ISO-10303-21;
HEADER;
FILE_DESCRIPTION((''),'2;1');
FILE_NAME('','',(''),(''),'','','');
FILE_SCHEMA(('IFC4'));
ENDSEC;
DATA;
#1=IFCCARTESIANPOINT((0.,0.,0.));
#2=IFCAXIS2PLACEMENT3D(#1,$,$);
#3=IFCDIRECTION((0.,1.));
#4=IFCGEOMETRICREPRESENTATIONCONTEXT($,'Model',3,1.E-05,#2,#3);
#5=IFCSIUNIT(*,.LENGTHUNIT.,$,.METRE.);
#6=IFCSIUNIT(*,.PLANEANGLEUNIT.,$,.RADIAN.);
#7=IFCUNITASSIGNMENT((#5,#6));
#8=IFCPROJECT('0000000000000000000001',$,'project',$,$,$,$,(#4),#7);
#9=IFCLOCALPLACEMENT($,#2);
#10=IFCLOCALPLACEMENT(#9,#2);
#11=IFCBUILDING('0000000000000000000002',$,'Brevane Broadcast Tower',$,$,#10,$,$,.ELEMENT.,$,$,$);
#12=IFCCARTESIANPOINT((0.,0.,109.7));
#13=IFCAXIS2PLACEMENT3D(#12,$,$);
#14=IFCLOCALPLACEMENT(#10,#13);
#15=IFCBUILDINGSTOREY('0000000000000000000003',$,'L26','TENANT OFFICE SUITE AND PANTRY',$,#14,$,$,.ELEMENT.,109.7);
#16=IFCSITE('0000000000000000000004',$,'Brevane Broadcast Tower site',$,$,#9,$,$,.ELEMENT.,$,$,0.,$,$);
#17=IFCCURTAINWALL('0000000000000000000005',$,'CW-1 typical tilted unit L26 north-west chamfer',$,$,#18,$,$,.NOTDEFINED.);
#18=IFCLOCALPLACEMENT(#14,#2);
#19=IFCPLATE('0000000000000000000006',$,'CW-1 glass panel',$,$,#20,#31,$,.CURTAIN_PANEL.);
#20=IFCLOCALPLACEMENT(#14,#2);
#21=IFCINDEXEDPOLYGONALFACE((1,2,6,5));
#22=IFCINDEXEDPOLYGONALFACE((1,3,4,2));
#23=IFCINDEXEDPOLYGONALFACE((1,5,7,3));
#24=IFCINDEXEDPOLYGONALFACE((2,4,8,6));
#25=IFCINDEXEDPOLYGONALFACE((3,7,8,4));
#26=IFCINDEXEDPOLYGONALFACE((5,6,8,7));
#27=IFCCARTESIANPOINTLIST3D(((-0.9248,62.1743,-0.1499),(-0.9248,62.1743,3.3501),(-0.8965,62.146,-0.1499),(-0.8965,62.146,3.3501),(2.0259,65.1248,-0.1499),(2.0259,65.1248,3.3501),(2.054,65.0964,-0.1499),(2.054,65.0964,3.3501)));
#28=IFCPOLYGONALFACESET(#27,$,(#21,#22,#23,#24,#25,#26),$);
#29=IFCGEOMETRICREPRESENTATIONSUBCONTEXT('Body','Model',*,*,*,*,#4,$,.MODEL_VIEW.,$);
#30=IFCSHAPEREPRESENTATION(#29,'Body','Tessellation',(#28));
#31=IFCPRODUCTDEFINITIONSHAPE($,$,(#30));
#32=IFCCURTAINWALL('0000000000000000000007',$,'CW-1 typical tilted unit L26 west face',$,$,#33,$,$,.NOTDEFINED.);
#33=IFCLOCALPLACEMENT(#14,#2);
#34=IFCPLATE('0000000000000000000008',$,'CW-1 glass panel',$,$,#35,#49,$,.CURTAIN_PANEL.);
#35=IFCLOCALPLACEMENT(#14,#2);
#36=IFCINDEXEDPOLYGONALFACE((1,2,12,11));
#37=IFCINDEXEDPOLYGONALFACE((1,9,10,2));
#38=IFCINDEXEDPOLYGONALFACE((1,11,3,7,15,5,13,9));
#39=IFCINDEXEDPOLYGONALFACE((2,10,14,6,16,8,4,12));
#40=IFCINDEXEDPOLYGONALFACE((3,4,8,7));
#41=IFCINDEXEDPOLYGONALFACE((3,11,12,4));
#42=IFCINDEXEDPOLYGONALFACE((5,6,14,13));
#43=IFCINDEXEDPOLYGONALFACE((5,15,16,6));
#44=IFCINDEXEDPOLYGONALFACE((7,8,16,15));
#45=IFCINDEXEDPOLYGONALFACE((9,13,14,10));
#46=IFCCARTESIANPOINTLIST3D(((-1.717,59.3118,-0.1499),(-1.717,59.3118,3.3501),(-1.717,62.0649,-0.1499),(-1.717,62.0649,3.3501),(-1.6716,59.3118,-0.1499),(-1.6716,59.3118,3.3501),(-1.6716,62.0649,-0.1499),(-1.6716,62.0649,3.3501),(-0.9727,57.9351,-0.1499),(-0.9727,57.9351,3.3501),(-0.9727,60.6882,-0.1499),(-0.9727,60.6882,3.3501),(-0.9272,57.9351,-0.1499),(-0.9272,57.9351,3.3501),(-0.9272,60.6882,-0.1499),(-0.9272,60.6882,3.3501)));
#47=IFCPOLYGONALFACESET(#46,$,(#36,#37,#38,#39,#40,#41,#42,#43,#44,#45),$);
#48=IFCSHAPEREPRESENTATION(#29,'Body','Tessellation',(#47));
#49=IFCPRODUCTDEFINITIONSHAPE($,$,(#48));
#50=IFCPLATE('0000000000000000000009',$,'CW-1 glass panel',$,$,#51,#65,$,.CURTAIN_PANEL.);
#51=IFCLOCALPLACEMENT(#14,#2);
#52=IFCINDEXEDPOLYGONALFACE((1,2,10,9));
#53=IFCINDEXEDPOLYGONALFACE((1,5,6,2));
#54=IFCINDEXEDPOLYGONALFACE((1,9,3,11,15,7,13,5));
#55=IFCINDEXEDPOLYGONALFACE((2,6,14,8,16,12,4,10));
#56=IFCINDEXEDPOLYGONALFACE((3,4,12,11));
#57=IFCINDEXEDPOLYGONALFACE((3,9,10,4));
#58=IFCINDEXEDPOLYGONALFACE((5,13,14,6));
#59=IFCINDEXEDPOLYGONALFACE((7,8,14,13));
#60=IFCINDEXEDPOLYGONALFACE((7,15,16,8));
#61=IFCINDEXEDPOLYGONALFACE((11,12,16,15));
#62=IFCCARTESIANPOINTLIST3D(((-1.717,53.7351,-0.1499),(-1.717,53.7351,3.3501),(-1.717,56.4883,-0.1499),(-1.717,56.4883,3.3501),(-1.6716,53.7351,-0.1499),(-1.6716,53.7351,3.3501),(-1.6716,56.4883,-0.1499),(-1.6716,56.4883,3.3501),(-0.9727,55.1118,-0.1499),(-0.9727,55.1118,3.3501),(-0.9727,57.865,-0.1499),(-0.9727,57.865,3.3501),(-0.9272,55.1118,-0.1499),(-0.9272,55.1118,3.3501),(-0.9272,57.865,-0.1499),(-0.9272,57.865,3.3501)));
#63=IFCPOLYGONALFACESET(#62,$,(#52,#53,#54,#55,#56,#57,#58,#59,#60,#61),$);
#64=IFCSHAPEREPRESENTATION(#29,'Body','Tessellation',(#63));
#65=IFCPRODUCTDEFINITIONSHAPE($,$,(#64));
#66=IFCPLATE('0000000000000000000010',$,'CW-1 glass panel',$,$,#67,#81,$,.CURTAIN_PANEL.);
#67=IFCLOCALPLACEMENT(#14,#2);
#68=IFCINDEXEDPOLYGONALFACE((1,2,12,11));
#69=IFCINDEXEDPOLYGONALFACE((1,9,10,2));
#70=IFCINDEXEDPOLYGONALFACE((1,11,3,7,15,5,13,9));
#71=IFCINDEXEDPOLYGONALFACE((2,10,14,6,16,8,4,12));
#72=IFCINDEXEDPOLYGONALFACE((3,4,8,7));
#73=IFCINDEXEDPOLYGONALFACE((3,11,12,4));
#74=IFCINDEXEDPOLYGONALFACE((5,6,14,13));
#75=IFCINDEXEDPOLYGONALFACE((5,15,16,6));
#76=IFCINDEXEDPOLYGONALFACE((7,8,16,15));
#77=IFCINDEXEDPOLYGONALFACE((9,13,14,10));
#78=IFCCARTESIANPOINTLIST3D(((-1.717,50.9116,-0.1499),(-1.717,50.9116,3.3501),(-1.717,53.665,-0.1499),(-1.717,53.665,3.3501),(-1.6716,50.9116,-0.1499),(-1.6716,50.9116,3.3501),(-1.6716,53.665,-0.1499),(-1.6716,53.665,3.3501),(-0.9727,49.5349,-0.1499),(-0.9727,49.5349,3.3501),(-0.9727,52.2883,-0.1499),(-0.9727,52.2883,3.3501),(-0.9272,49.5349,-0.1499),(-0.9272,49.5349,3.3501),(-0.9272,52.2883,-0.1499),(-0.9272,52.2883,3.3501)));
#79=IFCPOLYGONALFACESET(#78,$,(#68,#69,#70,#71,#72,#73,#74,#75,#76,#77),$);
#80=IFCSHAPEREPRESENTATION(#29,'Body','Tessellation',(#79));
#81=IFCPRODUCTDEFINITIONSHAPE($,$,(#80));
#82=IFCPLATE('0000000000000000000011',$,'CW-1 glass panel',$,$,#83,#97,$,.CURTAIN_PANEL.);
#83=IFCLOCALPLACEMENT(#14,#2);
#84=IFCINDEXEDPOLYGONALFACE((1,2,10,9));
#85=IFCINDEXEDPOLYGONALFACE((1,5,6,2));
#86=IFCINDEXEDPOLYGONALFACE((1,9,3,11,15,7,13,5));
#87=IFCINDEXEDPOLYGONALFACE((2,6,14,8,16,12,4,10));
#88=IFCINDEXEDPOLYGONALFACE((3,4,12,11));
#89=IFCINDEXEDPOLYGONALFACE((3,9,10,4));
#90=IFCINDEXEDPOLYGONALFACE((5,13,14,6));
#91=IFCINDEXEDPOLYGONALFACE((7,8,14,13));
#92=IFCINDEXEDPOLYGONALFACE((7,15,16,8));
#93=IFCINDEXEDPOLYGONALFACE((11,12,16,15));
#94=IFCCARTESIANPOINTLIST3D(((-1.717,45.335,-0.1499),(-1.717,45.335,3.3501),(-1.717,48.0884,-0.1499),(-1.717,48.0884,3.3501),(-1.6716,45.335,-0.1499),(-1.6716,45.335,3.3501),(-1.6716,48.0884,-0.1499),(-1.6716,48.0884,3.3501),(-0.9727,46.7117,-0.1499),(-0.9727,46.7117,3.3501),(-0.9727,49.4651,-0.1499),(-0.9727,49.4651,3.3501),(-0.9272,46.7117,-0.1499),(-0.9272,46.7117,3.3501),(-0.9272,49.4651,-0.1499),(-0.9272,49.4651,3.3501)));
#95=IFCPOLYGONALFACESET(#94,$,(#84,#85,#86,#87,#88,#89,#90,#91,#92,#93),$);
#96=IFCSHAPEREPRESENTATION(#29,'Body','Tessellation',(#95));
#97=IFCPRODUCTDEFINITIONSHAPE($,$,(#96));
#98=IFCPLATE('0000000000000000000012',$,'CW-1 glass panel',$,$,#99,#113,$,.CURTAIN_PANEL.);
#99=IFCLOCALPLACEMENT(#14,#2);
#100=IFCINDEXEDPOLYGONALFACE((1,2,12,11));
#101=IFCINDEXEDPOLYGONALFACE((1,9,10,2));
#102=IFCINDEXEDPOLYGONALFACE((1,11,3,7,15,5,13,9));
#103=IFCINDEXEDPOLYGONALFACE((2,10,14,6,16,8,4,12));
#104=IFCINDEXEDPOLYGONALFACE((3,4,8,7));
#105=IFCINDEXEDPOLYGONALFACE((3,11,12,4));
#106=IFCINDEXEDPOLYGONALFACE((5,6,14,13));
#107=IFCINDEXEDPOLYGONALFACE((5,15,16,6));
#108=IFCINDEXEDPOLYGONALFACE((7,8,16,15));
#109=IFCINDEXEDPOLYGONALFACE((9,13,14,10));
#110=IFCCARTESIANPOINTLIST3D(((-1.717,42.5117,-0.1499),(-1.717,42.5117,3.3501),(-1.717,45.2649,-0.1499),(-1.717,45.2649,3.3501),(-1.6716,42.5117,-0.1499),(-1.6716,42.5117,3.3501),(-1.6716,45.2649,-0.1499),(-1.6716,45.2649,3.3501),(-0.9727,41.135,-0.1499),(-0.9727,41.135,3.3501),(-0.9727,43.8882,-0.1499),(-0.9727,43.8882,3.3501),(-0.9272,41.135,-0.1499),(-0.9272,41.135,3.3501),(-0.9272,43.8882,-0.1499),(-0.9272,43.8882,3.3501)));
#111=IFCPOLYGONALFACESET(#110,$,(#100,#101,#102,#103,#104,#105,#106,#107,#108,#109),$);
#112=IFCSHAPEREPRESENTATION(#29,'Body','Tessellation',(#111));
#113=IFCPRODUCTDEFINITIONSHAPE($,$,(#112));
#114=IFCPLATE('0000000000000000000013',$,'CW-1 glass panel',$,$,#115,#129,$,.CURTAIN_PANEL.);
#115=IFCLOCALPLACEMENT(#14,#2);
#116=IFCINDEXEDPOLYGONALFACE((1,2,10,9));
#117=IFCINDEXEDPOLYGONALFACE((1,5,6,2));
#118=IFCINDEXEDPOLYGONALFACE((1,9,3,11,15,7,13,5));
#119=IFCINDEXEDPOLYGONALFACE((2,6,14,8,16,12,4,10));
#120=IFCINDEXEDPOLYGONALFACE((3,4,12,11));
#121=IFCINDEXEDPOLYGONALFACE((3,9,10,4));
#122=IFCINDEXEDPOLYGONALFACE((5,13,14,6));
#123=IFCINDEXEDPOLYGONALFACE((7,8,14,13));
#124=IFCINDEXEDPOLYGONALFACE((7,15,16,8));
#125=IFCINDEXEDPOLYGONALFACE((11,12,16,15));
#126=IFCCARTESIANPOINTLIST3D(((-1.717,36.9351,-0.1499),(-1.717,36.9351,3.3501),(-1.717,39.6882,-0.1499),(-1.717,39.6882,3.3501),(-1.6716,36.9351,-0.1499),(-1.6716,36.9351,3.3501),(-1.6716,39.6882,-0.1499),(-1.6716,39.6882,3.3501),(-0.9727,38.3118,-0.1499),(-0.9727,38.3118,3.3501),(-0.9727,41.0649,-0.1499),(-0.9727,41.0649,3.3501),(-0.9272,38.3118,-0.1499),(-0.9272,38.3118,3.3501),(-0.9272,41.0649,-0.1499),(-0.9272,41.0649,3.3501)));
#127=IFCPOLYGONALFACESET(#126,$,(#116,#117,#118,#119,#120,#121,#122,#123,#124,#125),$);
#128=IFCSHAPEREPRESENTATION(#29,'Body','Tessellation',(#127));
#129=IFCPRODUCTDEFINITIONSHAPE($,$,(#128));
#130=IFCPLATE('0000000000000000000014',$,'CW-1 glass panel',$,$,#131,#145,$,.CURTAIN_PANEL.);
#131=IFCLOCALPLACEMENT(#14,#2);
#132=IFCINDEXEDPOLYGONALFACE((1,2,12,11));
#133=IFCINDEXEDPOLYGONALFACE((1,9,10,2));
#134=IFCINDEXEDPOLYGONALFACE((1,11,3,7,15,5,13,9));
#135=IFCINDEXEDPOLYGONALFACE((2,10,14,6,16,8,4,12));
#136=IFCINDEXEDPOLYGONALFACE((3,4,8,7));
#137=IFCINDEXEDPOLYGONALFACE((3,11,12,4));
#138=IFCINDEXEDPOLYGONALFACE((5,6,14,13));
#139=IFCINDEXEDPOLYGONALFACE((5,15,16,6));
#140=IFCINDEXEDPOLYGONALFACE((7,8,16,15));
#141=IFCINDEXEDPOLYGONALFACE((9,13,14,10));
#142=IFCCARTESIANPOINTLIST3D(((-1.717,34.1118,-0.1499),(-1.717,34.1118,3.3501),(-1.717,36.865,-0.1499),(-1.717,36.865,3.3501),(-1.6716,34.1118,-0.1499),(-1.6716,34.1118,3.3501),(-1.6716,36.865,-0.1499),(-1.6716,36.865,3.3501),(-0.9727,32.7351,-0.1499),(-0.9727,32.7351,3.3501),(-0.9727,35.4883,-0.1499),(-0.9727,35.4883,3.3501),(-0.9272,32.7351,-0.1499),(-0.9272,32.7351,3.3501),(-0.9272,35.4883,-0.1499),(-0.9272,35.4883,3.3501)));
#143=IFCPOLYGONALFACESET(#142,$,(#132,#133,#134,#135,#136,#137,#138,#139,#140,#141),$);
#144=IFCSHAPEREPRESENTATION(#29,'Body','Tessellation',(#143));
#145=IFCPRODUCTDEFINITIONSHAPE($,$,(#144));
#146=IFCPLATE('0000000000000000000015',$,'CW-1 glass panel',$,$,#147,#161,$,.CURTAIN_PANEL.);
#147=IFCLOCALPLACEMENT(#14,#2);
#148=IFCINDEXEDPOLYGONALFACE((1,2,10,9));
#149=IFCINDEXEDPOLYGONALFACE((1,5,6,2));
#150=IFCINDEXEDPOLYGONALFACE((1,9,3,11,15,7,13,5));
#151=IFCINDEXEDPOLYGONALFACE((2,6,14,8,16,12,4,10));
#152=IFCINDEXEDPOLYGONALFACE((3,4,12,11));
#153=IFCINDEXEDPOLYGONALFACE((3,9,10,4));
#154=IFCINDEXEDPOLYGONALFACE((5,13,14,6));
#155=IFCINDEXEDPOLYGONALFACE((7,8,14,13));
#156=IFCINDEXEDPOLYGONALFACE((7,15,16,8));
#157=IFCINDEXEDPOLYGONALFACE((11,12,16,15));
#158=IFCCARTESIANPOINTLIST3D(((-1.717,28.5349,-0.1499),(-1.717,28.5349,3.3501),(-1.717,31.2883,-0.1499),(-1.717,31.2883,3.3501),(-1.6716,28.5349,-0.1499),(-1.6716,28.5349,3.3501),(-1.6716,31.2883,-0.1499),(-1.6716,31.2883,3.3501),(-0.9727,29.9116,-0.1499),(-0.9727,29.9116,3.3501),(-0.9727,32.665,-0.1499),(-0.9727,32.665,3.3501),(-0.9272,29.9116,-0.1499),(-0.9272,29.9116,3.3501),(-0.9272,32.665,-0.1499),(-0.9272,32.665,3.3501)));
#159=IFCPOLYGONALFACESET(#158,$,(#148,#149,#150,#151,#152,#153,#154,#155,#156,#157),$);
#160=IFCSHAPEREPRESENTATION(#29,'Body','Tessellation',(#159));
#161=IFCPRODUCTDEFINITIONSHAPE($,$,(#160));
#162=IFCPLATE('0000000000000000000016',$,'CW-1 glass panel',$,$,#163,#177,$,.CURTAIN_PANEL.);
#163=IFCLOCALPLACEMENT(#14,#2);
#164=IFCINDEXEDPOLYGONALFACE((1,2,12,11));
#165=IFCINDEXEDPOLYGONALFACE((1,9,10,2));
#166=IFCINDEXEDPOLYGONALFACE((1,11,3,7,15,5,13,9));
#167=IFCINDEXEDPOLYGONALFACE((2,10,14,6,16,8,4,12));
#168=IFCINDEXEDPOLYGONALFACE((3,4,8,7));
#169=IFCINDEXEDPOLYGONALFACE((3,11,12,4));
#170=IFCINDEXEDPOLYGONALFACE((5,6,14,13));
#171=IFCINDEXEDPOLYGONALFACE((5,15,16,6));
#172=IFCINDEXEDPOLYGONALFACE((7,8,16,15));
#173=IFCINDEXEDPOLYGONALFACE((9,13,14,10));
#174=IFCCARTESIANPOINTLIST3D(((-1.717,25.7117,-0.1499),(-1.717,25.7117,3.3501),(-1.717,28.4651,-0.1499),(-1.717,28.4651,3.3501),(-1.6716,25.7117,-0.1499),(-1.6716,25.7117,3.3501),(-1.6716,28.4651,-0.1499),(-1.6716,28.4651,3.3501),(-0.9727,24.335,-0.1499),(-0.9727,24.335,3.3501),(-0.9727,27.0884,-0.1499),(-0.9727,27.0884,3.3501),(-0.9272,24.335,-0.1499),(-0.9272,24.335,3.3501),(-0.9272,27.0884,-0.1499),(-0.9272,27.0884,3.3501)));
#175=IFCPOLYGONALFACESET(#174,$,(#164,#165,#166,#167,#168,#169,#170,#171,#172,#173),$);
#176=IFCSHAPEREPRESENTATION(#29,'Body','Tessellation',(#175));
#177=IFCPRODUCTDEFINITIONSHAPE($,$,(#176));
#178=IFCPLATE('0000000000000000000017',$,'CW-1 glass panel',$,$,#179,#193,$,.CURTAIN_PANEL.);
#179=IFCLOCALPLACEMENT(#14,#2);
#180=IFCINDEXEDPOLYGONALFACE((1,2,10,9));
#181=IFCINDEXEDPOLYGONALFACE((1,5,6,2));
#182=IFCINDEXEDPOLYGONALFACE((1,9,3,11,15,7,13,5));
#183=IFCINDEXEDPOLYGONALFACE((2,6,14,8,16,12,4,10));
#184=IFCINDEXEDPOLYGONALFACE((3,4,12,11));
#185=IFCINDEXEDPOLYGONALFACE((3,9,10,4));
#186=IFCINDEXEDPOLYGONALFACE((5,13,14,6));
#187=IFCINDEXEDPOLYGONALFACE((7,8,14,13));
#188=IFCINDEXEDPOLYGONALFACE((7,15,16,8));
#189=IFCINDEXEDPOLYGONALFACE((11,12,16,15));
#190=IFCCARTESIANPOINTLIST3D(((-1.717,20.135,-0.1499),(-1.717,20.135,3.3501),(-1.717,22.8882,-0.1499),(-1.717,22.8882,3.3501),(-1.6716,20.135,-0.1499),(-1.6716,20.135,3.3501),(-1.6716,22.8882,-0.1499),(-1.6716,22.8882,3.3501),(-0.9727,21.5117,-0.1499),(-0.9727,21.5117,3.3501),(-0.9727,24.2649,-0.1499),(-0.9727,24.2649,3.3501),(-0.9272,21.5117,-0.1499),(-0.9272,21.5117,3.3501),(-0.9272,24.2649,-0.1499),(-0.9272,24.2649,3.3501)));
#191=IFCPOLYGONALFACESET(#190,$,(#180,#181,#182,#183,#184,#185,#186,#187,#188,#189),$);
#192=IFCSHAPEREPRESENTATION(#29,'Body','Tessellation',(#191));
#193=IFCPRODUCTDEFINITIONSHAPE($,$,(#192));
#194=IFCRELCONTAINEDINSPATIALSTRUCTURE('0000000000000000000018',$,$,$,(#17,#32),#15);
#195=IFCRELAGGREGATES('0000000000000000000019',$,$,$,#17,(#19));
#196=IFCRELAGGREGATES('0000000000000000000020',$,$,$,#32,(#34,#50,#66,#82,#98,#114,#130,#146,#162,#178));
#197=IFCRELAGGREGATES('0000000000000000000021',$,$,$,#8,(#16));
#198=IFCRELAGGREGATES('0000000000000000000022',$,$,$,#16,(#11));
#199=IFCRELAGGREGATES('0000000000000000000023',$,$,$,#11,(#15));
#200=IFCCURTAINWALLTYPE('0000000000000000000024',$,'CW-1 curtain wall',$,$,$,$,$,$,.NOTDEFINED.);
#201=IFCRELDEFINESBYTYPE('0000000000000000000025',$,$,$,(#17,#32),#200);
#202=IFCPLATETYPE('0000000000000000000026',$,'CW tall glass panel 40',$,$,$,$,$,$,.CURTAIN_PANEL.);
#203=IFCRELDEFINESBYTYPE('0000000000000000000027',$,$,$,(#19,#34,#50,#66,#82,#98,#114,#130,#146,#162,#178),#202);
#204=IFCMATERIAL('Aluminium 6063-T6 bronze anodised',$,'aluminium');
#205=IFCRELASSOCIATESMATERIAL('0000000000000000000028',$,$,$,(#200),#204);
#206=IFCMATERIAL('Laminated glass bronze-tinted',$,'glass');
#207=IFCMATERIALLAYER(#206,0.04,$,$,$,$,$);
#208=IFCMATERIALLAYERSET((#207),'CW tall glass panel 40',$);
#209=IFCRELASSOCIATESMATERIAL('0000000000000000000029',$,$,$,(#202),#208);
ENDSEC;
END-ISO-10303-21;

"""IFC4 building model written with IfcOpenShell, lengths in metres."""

from ifc_helpers import new_model, si_unit, direction, frame, origin, place, context, subcontext, project, spatial, polyline, outline, extrude, material, layer, layer_set, type_object, element, aggregate, save


model = new_model("IFC4")

# Units and contexts
model_context = context("Model", 3, precision=1e-05, world=origin(), true_north=direction((0.0, 1.0)))
body_context = subcontext(model_context, "Body", "Model", "MODEL_VIEW")
ifc_project = project(units=[si_unit("LENGTHUNIT", "METRE"), si_unit("PLANEANGLEUNIT", "RADIAN")], contexts=[model_context])

# Site, building, storey
site_placement = place(None, origin())
site = spatial("IfcSite", under=ifc_project, at=site_placement, Name="Brevane Broadcast Tower site", CompositionType="ELEMENT", RefElevation=0.0)
building_placement = place(site_placement, origin())
building = spatial("IfcBuilding", under=site, at=building_placement, Name="Brevane Broadcast Tower", CompositionType="ELEMENT")
storey_placement = place(building_placement, frame((0.0, 0.0, 109.7)))
storey = spatial("IfcBuildingStorey", under=building, at=storey_placement, Name="L26", Description="TENANT OFFICE SUITE AND PANTRY", CompositionType="ELEMENT", Elevation=109.7)

# Curtain wall, plate
ifc_material_1 = material(Name="Aluminium 6063-T6 bronze anodised", Category="aluminium")
curtain_wall_type = type_object("IfcCurtainWallType", Name="CW-1 curtain wall", PredefinedType="NOTDEFINED", material=ifc_material_1)
curtain_wall_1_placement = place(storey_placement, origin())
curtain_wall_1 = element("IfcCurtainWall", 1, at=curtain_wall_1_placement, inside=storey, type_object=curtain_wall_type, Name="CW-1 typical tilted unit L26 north-west chamfer", PredefinedType="NOTDEFINED")
ifc_material_2 = material(Name="Laminated glass bronze-tinted", Category="glass")
ifc_layer = layer(ifc_material_2, 0.04)
ifc_layer_set = layer_set([ifc_layer], Name="CW tall glass panel 40")
plate_type = type_object("IfcPlateType", Name="CW tall glass panel 40", PredefinedType="CURTAIN_PANEL", material=ifc_layer_set)
plate_1_placement = place(storey_placement, frame((0.0, 0.0, -0.1499)))
plate_1 = element("IfcPlate", 2, at=plate_1_placement, type_object=plate_type, Name="CW-1 glass panel", PredefinedType="CURTAIN_PANEL", context=body_context, shape_type="SweptSolid", body=[
    extrude(outline(polyline([(2.054, 65.0964), (-0.8965, 62.146), (-0.9248, 62.1743), (2.0259, 65.1248), (2.054, 65.0964)])), origin(), (0.0, 0.0, 1.0), 3.5),
])
aggregate(curtain_wall_1, [plate_1])

# Curtain wall, plates
curtain_wall_2_placement = place(storey_placement, origin())
curtain_wall_2 = element("IfcCurtainWall", 3, at=curtain_wall_2_placement, inside=storey, type_object=curtain_wall_type, Name="CW-1 typical tilted unit L26 west face", PredefinedType="NOTDEFINED")
plate_2_placement = place(storey_placement, frame((0.0, 0.0, -0.1499)))
plate_2 = element("IfcPlate", 4, at=plate_2_placement, type_object=plate_type, Name="CW-1 glass panel", PredefinedType="CURTAIN_PANEL", context=body_context, shape_type="SweptSolid", body=[
    extrude(outline(polyline([(-1.6716, 62.0649), (-1.717, 62.0649), (-0.9727, 60.6882), (-1.717, 59.3118), (-0.9727, 57.9351), (-0.9272, 57.9351), (-1.6716, 59.3118), (-0.9272, 60.6882), (-1.6716, 62.0649)])), origin(), (0.0, 0.0, 1.0), 3.5),
])
plate_3_placement = place(storey_placement, frame((0.0, 0.0, -0.1499)))
plate_3 = element("IfcPlate", 5, at=plate_3_placement, type_object=plate_type, Name="CW-1 glass panel", PredefinedType="CURTAIN_PANEL", context=body_context, shape_type="SweptSolid", body=[
    extrude(outline(polyline([(-0.9272, 57.865), (-0.9727, 57.865), (-1.717, 56.4883), (-0.9727, 55.1118), (-1.717, 53.7351), (-1.6716, 53.7351), (-0.9272, 55.1118), (-1.6716, 56.4883), (-0.9272, 57.865)])), origin(), (0.0, 0.0, 1.0), 3.5),
])
plate_4_placement = place(storey_placement, frame((0.0, 0.0, -0.1499)))
plate_4 = element("IfcPlate", 6, at=plate_4_placement, type_object=plate_type, Name="CW-1 glass panel", PredefinedType="CURTAIN_PANEL", context=body_context, shape_type="SweptSolid", body=[
    extrude(outline(polyline([(-1.6716, 53.665), (-1.717, 53.665), (-0.9727, 52.2883), (-1.717, 50.9116), (-0.9727, 49.5349), (-0.9272, 49.5349), (-1.6716, 50.9116), (-0.9272, 52.2883), (-1.6716, 53.665)])), origin(), (0.0, 0.0, 1.0), 3.5),
])
plate_5_placement = place(storey_placement, frame((0.0, 0.0, -0.1499)))
plate_5 = element("IfcPlate", 7, at=plate_5_placement, type_object=plate_type, Name="CW-1 glass panel", PredefinedType="CURTAIN_PANEL", context=body_context, shape_type="SweptSolid", body=[
    extrude(outline(polyline([(-0.9272, 49.4651), (-0.9727, 49.4651), (-1.717, 48.0884), (-0.9727, 46.7117), (-1.717, 45.335), (-1.6716, 45.335), (-0.9272, 46.7117), (-1.6716, 48.0884), (-0.9272, 49.4651)])), origin(), (0.0, 0.0, 1.0), 3.5),
])
plate_6_placement = place(storey_placement, frame((0.0, 0.0, -0.1499)))
plate_6 = element("IfcPlate", 8, at=plate_6_placement, type_object=plate_type, Name="CW-1 glass panel", PredefinedType="CURTAIN_PANEL", context=body_context, shape_type="SweptSolid", body=[
    extrude(outline(polyline([(-1.6716, 45.2649), (-1.717, 45.2649), (-0.9727, 43.8882), (-1.717, 42.5117), (-0.9727, 41.135), (-0.9272, 41.135), (-1.6716, 42.5117), (-0.9272, 43.8882), (-1.6716, 45.2649)])), origin(), (0.0, 0.0, 1.0), 3.5),
])
plate_7_placement = place(storey_placement, frame((0.0, 0.0, -0.1499)))
plate_7 = element("IfcPlate", 9, at=plate_7_placement, type_object=plate_type, Name="CW-1 glass panel", PredefinedType="CURTAIN_PANEL", context=body_context, shape_type="SweptSolid", body=[
    extrude(outline(polyline([(-0.9272, 41.0649), (-0.9727, 41.0649), (-1.717, 39.6882), (-0.9727, 38.3118), (-1.717, 36.9351), (-1.6716, 36.9351), (-0.9272, 38.3118), (-1.6716, 39.6882), (-0.9272, 41.0649)])), origin(), (0.0, 0.0, 1.0), 3.5),
])
plate_8_placement = place(storey_placement, frame((0.0, 0.0, -0.1499)))
plate_8 = element("IfcPlate", 10, at=plate_8_placement, type_object=plate_type, Name="CW-1 glass panel", PredefinedType="CURTAIN_PANEL", context=body_context, shape_type="SweptSolid", body=[
    extrude(outline(polyline([(-1.6716, 36.865), (-1.717, 36.865), (-0.9727, 35.4883), (-1.717, 34.1118), (-0.9727, 32.7351), (-0.9272, 32.7351), (-1.6716, 34.1118), (-0.9272, 35.4883), (-1.6716, 36.865)])), origin(), (0.0, 0.0, 1.0), 3.5),
])
plate_9_placement = place(storey_placement, frame((0.0, 0.0, -0.1499)))
plate_9 = element("IfcPlate", 11, at=plate_9_placement, type_object=plate_type, Name="CW-1 glass panel", PredefinedType="CURTAIN_PANEL", context=body_context, shape_type="SweptSolid", body=[
    extrude(outline(polyline([(-0.9272, 32.665), (-0.9727, 32.665), (-1.717, 31.2883), (-0.9727, 29.9116), (-1.717, 28.5349), (-1.6716, 28.5349), (-0.9272, 29.9116), (-1.6716, 31.2883), (-0.9272, 32.665)])), origin(), (0.0, 0.0, 1.0), 3.5),
])
plate_10_placement = place(storey_placement, frame((0.0, 0.0, -0.1499)))
plate_10 = element("IfcPlate", 12, at=plate_10_placement, type_object=plate_type, Name="CW-1 glass panel", PredefinedType="CURTAIN_PANEL", context=body_context, shape_type="SweptSolid", body=[
    extrude(outline(polyline([(-1.6716, 28.4651), (-1.717, 28.4651), (-0.9727, 27.0884), (-1.717, 25.7117), (-0.9727, 24.335), (-0.9272, 24.335), (-1.6716, 25.7117), (-0.9272, 27.0884), (-1.6716, 28.4651)])), origin(), (0.0, 0.0, 1.0), 3.5),
])
plate_11_placement = place(storey_placement, frame((0.0, 0.0, -0.1499)))
plate_11 = element("IfcPlate", 13, at=plate_11_placement, type_object=plate_type, Name="CW-1 glass panel", PredefinedType="CURTAIN_PANEL", context=body_context, shape_type="SweptSolid", body=[
    extrude(outline(polyline([(-0.9272, 24.2649), (-0.9727, 24.2649), (-1.717, 22.8882), (-0.9727, 21.5117), (-1.717, 20.135), (-1.6716, 20.135), (-0.9272, 21.5117), (-1.6716, 22.8882), (-0.9272, 24.2649)])), origin(), (0.0, 0.0, 1.0), 3.5),
])
aggregate(curtain_wall_2, [plate_2, plate_3, plate_4, plate_5, plate_6, plate_7, plate_8, plate_9, plate_10, plate_11])

save(model, "model.ifc")
